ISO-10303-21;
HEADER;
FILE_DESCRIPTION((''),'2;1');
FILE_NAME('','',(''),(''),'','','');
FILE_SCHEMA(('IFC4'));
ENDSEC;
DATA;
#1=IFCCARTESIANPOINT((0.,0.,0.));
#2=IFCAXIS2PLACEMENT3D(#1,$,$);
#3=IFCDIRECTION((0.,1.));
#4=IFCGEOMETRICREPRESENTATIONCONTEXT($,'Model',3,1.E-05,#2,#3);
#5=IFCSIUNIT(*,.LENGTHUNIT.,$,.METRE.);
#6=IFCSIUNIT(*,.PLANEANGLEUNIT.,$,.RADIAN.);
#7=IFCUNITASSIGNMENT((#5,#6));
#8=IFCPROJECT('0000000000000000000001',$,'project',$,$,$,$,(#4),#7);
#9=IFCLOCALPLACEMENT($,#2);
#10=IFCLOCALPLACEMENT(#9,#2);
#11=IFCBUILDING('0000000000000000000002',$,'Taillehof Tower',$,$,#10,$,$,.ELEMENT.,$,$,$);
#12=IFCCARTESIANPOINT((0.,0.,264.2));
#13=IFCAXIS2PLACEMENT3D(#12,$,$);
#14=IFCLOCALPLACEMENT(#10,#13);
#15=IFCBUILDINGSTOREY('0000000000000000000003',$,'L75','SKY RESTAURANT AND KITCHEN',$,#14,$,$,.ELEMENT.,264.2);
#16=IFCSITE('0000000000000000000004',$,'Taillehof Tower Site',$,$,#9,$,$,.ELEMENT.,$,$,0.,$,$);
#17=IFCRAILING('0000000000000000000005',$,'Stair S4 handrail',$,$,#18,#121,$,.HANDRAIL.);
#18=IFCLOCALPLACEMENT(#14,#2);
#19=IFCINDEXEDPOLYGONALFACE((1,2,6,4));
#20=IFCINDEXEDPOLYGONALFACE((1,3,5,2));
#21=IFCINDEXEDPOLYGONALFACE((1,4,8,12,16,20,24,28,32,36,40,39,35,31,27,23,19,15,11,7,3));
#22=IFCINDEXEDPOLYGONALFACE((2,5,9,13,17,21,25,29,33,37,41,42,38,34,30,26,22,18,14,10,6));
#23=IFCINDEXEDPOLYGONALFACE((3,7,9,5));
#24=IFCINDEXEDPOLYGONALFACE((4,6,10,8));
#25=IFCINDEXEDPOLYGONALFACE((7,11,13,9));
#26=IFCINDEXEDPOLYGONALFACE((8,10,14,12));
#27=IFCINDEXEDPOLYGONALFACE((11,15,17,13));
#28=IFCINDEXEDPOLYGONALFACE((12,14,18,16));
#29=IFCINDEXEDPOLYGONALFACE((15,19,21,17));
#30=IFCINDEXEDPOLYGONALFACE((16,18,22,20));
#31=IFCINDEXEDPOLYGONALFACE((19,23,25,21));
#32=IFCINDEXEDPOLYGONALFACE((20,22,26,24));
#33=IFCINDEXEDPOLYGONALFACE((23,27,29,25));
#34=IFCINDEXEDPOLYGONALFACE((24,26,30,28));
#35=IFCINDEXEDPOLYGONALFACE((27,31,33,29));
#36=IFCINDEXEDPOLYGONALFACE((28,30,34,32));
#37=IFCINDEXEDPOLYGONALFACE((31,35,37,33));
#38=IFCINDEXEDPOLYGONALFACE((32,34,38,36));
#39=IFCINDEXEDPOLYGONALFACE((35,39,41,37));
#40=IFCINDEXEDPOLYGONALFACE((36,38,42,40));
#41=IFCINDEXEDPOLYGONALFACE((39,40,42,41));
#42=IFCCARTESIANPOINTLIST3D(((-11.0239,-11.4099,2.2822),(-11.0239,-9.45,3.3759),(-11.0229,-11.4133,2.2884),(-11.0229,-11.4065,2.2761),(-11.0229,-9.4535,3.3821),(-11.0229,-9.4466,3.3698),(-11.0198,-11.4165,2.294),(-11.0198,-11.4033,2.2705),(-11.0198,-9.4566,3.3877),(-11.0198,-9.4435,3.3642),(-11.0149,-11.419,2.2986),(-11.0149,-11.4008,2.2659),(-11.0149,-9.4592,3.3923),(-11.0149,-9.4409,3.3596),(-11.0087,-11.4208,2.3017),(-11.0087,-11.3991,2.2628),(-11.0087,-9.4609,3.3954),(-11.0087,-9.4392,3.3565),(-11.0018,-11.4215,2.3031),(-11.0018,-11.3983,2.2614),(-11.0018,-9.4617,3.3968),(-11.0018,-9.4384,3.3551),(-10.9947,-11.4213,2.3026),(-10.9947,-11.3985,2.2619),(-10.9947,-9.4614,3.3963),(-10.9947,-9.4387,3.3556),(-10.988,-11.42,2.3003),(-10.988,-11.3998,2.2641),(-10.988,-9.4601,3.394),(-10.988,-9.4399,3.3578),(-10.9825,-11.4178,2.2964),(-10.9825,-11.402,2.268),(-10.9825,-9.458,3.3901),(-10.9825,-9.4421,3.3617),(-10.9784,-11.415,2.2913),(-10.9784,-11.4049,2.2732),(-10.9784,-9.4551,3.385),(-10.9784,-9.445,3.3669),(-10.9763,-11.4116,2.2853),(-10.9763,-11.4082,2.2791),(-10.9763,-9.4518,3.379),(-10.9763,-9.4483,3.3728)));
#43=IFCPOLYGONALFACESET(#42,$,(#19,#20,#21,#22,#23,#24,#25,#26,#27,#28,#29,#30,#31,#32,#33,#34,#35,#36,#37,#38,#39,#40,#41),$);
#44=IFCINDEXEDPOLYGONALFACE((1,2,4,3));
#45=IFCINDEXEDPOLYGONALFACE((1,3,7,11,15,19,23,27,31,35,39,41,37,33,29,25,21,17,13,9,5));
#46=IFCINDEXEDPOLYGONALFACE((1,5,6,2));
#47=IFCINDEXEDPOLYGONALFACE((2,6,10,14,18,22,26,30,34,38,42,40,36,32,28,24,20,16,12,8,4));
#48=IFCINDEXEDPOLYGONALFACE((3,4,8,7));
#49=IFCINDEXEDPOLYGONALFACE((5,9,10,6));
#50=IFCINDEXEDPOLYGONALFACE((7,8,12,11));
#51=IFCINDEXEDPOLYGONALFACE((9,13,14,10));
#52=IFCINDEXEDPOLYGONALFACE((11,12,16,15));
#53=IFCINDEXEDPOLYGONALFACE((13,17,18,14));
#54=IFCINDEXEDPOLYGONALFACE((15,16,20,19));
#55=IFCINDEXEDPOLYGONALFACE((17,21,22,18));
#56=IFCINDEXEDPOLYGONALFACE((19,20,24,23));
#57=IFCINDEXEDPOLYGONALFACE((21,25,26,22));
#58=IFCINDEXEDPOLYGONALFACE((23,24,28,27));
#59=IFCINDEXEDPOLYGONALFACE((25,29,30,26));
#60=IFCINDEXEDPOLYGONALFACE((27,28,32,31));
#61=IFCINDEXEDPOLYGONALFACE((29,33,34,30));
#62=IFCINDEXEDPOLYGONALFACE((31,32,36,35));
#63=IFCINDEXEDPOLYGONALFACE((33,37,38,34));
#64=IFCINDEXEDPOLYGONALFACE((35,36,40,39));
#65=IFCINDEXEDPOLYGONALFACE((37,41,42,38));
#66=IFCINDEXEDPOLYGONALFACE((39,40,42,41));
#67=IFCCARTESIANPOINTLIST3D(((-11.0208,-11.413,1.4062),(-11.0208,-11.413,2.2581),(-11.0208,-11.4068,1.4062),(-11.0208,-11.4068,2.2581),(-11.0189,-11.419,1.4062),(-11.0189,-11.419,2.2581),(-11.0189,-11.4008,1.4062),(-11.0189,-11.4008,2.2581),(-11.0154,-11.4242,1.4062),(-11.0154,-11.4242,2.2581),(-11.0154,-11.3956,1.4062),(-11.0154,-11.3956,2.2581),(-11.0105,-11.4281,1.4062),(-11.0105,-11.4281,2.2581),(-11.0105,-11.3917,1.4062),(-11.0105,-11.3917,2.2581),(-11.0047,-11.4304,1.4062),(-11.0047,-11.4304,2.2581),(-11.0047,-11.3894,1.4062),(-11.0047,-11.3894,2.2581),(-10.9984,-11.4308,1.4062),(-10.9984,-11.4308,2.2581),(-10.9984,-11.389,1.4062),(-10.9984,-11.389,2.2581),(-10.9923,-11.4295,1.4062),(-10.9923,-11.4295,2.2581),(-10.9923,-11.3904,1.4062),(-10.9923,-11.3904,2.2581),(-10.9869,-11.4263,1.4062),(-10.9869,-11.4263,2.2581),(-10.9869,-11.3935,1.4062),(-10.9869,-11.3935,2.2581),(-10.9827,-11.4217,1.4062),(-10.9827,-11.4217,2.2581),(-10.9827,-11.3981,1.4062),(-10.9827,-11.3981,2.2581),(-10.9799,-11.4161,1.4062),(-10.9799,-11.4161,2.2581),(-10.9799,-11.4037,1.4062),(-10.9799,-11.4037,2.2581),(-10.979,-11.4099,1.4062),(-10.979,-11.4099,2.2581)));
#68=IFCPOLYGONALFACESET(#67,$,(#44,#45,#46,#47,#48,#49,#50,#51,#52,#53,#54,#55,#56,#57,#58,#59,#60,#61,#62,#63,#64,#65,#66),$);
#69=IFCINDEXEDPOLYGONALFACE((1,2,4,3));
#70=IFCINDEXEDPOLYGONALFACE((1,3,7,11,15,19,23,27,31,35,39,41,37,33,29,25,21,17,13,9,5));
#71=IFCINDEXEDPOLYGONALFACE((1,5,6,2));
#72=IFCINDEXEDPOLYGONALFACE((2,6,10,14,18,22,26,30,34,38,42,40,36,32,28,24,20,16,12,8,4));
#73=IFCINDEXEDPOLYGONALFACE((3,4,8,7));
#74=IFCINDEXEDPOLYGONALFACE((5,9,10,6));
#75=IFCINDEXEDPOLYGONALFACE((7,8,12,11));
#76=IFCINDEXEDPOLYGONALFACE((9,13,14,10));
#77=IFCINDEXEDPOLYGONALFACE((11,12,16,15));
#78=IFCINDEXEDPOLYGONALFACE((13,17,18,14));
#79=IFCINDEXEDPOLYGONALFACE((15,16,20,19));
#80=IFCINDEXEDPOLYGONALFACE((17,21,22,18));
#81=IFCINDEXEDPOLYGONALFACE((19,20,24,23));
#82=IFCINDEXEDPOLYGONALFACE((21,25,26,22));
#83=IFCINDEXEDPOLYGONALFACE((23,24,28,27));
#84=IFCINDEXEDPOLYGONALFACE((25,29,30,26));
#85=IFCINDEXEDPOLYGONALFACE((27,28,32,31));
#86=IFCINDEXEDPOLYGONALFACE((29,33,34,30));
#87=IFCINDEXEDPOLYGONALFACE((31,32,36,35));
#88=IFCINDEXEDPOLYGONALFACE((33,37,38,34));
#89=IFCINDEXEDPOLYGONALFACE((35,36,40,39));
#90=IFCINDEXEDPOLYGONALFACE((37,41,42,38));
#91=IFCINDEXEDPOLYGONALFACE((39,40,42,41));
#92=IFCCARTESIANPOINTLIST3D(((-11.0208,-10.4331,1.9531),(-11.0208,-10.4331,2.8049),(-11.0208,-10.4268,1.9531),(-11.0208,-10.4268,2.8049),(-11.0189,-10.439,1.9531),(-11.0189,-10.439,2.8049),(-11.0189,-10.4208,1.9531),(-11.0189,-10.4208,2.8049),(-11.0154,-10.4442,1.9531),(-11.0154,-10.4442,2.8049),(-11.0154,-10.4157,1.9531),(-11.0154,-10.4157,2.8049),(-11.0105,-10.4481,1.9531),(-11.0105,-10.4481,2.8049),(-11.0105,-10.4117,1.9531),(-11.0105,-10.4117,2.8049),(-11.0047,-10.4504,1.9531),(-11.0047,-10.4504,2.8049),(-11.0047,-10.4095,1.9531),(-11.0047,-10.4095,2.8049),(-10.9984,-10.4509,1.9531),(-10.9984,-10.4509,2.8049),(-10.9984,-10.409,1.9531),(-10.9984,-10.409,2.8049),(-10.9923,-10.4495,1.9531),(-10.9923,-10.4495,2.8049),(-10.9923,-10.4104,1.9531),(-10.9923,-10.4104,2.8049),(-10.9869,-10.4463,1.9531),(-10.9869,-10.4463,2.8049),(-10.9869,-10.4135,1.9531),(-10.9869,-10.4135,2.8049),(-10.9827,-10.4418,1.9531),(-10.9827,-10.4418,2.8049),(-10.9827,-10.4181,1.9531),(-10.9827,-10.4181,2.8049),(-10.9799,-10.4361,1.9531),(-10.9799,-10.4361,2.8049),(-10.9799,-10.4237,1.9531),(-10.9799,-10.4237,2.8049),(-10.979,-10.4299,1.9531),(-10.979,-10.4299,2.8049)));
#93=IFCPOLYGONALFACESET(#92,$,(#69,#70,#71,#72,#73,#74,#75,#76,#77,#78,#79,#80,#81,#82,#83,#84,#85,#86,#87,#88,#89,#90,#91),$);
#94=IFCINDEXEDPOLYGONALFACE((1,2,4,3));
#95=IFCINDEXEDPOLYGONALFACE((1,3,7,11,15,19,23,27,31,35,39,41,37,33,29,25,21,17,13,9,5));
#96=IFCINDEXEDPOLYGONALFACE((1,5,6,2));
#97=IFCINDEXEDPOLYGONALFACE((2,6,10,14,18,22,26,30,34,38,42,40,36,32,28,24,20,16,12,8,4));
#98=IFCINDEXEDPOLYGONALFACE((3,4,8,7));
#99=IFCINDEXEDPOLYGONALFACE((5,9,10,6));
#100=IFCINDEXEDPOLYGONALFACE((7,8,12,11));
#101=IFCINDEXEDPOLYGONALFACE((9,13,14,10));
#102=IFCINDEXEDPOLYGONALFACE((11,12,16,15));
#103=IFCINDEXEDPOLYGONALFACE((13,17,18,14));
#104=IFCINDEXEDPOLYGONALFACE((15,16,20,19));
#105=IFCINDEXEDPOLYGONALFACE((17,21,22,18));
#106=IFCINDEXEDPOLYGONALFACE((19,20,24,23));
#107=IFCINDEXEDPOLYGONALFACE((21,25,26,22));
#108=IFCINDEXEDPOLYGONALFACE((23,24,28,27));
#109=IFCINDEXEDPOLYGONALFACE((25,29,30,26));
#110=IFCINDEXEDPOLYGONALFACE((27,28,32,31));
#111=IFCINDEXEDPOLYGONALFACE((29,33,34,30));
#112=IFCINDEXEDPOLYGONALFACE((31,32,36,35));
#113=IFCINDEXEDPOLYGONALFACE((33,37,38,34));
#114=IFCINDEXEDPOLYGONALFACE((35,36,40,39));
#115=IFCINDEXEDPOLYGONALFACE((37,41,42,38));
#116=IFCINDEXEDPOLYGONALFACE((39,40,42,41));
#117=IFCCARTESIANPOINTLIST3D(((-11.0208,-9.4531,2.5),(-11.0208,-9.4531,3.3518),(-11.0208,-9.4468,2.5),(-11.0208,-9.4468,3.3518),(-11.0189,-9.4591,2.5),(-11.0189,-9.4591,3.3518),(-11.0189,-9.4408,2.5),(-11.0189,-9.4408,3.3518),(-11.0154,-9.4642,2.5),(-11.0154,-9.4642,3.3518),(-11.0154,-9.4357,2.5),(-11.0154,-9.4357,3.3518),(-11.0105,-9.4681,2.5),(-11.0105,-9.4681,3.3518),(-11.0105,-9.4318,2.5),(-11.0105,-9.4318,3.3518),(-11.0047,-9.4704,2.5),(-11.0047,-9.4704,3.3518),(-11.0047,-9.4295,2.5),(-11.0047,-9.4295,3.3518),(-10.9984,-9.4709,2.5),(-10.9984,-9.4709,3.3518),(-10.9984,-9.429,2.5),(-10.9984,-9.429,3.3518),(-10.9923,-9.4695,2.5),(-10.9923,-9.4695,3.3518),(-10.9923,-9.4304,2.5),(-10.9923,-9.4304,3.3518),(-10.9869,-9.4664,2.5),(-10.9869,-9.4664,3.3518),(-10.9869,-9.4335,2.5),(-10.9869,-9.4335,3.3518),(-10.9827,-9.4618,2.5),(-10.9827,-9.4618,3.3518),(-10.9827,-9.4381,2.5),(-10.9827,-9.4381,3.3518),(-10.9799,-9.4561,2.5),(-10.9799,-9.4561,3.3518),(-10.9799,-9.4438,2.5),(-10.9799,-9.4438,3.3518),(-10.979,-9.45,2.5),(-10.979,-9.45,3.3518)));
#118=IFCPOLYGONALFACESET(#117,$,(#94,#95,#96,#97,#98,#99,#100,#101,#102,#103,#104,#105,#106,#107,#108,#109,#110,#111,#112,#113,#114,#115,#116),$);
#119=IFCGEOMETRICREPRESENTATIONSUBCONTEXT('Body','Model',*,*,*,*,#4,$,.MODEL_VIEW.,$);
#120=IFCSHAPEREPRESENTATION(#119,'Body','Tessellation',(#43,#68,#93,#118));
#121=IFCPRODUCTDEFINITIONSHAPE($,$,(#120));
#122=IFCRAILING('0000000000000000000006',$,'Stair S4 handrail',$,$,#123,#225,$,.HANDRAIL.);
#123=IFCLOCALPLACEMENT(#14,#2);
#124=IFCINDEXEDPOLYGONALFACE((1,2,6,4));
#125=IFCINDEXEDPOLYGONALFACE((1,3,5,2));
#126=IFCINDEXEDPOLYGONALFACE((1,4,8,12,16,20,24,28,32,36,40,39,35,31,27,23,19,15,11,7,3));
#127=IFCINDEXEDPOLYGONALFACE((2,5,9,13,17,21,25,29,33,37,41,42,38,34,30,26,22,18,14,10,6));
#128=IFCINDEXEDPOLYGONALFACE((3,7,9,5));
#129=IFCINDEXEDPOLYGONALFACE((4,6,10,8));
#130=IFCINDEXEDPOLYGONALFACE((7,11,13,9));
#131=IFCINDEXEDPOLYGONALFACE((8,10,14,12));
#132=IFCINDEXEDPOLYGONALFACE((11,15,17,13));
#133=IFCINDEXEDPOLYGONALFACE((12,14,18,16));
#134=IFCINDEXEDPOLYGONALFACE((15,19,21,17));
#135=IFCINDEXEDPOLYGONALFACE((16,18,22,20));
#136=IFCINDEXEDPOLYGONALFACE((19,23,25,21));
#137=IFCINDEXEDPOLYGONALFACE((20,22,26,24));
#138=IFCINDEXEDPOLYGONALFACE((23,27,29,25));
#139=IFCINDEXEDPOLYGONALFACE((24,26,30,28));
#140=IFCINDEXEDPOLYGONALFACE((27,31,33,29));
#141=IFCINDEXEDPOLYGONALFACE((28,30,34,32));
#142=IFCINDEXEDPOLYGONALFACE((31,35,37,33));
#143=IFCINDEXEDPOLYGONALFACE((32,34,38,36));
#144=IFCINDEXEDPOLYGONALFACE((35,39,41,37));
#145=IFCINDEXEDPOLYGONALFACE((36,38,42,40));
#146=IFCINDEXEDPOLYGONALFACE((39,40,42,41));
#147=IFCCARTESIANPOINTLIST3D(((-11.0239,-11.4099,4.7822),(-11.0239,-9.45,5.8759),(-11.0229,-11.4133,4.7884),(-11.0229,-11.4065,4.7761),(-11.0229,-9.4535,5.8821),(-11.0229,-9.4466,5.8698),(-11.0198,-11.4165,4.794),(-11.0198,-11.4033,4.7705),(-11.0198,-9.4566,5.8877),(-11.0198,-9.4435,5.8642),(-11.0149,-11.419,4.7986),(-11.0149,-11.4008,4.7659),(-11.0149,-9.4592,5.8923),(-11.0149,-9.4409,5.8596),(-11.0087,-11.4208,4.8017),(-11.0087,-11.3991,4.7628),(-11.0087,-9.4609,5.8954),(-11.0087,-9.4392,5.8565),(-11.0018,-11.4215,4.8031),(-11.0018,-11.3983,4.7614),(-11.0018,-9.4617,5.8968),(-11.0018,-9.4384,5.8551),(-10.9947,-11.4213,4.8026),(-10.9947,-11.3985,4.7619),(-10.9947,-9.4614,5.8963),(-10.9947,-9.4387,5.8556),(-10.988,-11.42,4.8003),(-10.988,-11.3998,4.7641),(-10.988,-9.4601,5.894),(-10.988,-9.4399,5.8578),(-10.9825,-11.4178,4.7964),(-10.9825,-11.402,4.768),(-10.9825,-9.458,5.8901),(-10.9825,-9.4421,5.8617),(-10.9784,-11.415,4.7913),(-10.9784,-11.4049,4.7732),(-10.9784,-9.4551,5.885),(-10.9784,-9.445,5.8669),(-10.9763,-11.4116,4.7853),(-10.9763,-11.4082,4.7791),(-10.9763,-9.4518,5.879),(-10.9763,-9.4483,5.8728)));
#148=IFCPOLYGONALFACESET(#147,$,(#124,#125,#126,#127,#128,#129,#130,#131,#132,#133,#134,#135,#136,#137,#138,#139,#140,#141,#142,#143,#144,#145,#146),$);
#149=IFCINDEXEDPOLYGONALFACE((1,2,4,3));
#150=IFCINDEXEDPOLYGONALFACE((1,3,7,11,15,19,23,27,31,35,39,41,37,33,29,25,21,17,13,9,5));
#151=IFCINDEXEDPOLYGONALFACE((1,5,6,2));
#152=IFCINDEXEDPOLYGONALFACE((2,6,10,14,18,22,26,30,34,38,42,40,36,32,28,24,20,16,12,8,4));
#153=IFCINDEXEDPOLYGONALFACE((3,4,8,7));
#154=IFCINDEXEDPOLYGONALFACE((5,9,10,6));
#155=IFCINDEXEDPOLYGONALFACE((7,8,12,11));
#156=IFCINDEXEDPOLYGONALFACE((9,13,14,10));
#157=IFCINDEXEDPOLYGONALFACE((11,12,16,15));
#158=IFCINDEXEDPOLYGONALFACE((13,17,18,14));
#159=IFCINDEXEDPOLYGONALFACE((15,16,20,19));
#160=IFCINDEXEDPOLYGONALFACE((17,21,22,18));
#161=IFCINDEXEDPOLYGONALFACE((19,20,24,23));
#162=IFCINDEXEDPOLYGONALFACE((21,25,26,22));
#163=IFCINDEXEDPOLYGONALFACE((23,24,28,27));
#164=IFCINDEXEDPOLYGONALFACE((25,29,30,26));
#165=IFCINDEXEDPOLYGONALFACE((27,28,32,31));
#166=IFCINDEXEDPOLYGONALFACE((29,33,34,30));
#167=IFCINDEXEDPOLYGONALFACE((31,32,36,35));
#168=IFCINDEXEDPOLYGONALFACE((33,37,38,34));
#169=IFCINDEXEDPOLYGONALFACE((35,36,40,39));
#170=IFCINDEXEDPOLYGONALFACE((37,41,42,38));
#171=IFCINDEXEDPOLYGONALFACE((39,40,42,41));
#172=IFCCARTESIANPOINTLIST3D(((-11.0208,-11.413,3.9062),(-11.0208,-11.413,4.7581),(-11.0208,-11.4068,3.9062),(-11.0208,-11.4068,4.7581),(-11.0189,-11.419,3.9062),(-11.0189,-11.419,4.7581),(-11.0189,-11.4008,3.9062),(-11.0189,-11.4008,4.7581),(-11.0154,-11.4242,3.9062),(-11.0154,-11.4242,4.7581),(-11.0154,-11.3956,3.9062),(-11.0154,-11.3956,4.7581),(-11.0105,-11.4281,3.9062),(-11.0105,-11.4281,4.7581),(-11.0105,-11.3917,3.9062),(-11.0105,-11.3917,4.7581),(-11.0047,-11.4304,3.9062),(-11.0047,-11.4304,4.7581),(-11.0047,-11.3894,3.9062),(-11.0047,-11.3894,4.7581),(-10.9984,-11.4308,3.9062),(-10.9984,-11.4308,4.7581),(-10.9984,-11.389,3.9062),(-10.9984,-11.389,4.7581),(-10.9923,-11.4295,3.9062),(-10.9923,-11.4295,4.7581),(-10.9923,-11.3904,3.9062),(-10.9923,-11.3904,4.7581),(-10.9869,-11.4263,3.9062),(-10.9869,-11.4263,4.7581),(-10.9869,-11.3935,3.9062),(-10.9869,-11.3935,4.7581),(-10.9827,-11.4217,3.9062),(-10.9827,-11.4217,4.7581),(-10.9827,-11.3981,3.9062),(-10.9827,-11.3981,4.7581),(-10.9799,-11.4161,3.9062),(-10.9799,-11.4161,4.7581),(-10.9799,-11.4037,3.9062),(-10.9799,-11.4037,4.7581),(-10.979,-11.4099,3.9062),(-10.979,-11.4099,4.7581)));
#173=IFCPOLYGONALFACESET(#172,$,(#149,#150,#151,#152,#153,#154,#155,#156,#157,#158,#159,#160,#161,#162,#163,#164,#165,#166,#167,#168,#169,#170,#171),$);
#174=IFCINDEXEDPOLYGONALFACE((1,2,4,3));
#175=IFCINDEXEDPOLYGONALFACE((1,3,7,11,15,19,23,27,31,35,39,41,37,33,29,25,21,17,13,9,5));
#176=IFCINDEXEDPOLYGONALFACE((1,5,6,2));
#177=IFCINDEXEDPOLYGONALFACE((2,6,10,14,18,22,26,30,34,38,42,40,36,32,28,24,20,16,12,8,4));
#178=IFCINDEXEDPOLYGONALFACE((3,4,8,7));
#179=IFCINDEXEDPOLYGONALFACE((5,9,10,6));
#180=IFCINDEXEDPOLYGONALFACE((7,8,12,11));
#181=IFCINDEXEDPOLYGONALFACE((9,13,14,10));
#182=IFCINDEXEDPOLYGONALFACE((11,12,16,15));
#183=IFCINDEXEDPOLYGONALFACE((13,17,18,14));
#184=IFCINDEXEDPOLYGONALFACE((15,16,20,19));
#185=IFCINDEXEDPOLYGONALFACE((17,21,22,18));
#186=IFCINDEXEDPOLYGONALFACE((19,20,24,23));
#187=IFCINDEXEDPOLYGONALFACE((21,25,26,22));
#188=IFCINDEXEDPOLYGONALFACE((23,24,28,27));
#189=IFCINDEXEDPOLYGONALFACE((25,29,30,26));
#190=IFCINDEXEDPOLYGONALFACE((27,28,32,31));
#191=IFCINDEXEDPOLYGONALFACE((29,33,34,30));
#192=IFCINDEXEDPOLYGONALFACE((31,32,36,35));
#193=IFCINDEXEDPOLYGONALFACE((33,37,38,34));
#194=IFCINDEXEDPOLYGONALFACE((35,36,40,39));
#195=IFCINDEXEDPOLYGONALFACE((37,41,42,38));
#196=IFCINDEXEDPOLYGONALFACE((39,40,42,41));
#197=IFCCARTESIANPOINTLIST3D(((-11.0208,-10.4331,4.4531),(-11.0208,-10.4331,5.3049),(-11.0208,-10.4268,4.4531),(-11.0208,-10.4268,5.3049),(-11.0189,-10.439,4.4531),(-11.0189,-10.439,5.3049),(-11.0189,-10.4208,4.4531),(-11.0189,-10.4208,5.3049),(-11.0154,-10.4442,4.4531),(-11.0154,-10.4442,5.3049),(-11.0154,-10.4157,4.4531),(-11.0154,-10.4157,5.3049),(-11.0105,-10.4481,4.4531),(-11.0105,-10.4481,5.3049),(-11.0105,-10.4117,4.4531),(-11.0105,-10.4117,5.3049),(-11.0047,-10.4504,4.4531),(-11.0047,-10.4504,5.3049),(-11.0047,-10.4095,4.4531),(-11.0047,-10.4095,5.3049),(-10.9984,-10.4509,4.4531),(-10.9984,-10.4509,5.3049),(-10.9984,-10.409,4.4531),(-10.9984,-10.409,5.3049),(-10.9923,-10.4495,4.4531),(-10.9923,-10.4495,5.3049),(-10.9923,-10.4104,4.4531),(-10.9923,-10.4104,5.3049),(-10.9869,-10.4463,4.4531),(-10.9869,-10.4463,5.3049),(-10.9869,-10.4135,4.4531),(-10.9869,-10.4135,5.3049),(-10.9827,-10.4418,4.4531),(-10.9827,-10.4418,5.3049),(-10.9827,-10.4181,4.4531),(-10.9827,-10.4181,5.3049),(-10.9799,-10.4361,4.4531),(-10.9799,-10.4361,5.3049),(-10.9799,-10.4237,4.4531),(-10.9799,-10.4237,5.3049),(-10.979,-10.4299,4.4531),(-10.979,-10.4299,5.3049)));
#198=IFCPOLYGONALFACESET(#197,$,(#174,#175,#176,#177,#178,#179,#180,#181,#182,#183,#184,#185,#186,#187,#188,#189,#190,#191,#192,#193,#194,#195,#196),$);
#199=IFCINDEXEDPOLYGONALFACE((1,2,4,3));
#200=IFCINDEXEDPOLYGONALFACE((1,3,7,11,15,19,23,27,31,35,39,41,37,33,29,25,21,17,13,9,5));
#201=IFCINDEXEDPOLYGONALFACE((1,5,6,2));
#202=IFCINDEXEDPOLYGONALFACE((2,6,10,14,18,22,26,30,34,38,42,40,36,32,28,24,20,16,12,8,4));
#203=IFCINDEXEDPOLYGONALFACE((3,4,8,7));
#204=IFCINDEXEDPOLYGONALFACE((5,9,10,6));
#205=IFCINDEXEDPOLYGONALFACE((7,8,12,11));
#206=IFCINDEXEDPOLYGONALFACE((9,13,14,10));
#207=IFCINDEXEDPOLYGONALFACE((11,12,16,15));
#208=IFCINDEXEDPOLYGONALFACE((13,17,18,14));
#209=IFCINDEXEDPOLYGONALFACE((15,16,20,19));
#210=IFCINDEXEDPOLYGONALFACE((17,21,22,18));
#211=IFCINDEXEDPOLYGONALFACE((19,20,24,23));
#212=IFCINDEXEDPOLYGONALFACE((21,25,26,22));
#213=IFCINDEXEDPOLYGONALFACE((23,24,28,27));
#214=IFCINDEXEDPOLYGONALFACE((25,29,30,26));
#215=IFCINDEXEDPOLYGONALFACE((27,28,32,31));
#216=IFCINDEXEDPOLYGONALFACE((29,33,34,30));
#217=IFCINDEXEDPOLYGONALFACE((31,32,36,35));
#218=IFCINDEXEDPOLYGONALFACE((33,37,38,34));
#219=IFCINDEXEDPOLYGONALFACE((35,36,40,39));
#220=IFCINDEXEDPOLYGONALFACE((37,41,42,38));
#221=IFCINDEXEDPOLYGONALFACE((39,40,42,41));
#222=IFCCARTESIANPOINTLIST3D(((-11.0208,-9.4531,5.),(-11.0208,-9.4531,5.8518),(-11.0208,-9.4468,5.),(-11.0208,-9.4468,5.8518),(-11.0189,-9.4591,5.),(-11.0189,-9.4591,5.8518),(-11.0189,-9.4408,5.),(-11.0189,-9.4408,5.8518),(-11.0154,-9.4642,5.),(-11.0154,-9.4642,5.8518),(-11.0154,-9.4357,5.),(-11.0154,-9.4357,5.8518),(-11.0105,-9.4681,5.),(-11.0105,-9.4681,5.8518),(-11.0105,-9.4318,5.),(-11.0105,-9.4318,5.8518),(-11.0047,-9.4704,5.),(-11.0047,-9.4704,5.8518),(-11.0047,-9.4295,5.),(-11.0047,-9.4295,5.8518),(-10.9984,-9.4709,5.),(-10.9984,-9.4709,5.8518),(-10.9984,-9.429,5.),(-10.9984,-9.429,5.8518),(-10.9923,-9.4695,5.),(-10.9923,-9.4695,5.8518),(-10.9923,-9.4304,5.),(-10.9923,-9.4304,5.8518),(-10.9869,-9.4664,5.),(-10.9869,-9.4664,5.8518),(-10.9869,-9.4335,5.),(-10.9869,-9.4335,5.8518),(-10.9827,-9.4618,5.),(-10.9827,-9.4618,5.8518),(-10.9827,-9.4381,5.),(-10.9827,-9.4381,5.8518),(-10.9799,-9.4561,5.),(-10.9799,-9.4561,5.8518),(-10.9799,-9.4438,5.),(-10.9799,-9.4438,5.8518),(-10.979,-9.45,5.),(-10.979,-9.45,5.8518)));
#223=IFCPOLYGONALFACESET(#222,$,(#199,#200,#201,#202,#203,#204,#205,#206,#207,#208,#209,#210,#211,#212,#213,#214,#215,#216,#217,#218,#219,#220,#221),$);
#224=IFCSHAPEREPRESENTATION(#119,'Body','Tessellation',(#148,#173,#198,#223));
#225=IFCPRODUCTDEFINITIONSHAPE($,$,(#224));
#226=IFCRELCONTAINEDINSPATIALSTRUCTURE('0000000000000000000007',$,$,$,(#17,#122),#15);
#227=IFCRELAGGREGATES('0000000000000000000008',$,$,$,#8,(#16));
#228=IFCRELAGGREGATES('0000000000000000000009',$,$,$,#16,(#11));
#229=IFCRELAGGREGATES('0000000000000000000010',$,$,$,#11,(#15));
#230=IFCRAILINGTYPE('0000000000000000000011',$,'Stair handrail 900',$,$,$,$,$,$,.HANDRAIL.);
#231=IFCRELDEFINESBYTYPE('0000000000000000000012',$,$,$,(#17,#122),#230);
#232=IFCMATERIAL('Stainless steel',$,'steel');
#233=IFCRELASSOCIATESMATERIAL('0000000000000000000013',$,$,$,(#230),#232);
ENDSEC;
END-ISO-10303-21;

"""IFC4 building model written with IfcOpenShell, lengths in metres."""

from ifc_helpers import new_model, si_unit, direction, frame, origin, origin_2d, place, context, subcontext, project, spatial, circle, extrude, material, type_object, element, save


model = new_model("IFC4")

# Units and contexts
model_context = context("Model", 3, precision=1e-05, world=origin(), true_north=direction((0.0, 1.0)))
body_context = subcontext(model_context, "Body", "Model", "MODEL_VIEW")
ifc_project = project(units=[si_unit("LENGTHUNIT", "METRE"), si_unit("PLANEANGLEUNIT", "RADIAN")], contexts=[model_context])

# Site, building, storey
site_placement = place(None, origin())
site = spatial("IfcSite", under=ifc_project, at=site_placement, Name="Taillehof Tower Site", CompositionType="ELEMENT", RefElevation=0.0)
building_placement = place(site_placement, origin())
building = spatial("IfcBuilding", under=site, at=building_placement, Name="Taillehof Tower", CompositionType="ELEMENT")
storey_placement = place(building_placement, frame((0.0, 0.0, 264.2)))
storey = spatial("IfcBuildingStorey", under=building, at=storey_placement, Name="L75", Description="SKY RESTAURANT AND KITCHEN", CompositionType="ELEMENT", Elevation=264.2)

# Railings
ifc_material_1 = material(Name="Stainless steel", Category="steel")
railing_type = type_object("IfcRailingType", Name="Stair handrail 900", PredefinedType="HANDRAIL", material=ifc_material_1)
for number, where, name in (
    (1, (-11.0, -11.4099, 1.4062), "Stair S4 handrail"),
    (2, (-11.0, -11.4099, 3.9062), "Stair S4 handrail"),
):
    element("IfcRailing", number, at=place(storey_placement, frame(where)), inside=storey, type_object=railing_type, Name=name, PredefinedType="HANDRAIL", context=body_context, shape_type="SweptSolid", body=[
        extrude(circle(Radius=0.0239, at=origin_2d()), frame((0.0, 0.0, 0.876), z_axis=(0.0, 0.873232, 0.487304), x_axis=(-1.0, 0.0, 0.0)), (0.0, 0.0, 1.0), 2.2444),
        extrude(circle(Radius=0.021, at=origin_2d()), origin(), (0.0, 0.0, 1.0), 0.8518),
        extrude(circle(Radius=0.021, at=origin_2d()), frame((0.0, 0.98, 0.5469)), (0.0, 0.0, 1.0), 0.8518),
        extrude(circle(Radius=0.021, at=origin_2d()), frame((0.0, 1.96, 1.0938)), (0.0, 0.0, 1.0), 0.8518),
    ])

save(model, "model.ifc")
